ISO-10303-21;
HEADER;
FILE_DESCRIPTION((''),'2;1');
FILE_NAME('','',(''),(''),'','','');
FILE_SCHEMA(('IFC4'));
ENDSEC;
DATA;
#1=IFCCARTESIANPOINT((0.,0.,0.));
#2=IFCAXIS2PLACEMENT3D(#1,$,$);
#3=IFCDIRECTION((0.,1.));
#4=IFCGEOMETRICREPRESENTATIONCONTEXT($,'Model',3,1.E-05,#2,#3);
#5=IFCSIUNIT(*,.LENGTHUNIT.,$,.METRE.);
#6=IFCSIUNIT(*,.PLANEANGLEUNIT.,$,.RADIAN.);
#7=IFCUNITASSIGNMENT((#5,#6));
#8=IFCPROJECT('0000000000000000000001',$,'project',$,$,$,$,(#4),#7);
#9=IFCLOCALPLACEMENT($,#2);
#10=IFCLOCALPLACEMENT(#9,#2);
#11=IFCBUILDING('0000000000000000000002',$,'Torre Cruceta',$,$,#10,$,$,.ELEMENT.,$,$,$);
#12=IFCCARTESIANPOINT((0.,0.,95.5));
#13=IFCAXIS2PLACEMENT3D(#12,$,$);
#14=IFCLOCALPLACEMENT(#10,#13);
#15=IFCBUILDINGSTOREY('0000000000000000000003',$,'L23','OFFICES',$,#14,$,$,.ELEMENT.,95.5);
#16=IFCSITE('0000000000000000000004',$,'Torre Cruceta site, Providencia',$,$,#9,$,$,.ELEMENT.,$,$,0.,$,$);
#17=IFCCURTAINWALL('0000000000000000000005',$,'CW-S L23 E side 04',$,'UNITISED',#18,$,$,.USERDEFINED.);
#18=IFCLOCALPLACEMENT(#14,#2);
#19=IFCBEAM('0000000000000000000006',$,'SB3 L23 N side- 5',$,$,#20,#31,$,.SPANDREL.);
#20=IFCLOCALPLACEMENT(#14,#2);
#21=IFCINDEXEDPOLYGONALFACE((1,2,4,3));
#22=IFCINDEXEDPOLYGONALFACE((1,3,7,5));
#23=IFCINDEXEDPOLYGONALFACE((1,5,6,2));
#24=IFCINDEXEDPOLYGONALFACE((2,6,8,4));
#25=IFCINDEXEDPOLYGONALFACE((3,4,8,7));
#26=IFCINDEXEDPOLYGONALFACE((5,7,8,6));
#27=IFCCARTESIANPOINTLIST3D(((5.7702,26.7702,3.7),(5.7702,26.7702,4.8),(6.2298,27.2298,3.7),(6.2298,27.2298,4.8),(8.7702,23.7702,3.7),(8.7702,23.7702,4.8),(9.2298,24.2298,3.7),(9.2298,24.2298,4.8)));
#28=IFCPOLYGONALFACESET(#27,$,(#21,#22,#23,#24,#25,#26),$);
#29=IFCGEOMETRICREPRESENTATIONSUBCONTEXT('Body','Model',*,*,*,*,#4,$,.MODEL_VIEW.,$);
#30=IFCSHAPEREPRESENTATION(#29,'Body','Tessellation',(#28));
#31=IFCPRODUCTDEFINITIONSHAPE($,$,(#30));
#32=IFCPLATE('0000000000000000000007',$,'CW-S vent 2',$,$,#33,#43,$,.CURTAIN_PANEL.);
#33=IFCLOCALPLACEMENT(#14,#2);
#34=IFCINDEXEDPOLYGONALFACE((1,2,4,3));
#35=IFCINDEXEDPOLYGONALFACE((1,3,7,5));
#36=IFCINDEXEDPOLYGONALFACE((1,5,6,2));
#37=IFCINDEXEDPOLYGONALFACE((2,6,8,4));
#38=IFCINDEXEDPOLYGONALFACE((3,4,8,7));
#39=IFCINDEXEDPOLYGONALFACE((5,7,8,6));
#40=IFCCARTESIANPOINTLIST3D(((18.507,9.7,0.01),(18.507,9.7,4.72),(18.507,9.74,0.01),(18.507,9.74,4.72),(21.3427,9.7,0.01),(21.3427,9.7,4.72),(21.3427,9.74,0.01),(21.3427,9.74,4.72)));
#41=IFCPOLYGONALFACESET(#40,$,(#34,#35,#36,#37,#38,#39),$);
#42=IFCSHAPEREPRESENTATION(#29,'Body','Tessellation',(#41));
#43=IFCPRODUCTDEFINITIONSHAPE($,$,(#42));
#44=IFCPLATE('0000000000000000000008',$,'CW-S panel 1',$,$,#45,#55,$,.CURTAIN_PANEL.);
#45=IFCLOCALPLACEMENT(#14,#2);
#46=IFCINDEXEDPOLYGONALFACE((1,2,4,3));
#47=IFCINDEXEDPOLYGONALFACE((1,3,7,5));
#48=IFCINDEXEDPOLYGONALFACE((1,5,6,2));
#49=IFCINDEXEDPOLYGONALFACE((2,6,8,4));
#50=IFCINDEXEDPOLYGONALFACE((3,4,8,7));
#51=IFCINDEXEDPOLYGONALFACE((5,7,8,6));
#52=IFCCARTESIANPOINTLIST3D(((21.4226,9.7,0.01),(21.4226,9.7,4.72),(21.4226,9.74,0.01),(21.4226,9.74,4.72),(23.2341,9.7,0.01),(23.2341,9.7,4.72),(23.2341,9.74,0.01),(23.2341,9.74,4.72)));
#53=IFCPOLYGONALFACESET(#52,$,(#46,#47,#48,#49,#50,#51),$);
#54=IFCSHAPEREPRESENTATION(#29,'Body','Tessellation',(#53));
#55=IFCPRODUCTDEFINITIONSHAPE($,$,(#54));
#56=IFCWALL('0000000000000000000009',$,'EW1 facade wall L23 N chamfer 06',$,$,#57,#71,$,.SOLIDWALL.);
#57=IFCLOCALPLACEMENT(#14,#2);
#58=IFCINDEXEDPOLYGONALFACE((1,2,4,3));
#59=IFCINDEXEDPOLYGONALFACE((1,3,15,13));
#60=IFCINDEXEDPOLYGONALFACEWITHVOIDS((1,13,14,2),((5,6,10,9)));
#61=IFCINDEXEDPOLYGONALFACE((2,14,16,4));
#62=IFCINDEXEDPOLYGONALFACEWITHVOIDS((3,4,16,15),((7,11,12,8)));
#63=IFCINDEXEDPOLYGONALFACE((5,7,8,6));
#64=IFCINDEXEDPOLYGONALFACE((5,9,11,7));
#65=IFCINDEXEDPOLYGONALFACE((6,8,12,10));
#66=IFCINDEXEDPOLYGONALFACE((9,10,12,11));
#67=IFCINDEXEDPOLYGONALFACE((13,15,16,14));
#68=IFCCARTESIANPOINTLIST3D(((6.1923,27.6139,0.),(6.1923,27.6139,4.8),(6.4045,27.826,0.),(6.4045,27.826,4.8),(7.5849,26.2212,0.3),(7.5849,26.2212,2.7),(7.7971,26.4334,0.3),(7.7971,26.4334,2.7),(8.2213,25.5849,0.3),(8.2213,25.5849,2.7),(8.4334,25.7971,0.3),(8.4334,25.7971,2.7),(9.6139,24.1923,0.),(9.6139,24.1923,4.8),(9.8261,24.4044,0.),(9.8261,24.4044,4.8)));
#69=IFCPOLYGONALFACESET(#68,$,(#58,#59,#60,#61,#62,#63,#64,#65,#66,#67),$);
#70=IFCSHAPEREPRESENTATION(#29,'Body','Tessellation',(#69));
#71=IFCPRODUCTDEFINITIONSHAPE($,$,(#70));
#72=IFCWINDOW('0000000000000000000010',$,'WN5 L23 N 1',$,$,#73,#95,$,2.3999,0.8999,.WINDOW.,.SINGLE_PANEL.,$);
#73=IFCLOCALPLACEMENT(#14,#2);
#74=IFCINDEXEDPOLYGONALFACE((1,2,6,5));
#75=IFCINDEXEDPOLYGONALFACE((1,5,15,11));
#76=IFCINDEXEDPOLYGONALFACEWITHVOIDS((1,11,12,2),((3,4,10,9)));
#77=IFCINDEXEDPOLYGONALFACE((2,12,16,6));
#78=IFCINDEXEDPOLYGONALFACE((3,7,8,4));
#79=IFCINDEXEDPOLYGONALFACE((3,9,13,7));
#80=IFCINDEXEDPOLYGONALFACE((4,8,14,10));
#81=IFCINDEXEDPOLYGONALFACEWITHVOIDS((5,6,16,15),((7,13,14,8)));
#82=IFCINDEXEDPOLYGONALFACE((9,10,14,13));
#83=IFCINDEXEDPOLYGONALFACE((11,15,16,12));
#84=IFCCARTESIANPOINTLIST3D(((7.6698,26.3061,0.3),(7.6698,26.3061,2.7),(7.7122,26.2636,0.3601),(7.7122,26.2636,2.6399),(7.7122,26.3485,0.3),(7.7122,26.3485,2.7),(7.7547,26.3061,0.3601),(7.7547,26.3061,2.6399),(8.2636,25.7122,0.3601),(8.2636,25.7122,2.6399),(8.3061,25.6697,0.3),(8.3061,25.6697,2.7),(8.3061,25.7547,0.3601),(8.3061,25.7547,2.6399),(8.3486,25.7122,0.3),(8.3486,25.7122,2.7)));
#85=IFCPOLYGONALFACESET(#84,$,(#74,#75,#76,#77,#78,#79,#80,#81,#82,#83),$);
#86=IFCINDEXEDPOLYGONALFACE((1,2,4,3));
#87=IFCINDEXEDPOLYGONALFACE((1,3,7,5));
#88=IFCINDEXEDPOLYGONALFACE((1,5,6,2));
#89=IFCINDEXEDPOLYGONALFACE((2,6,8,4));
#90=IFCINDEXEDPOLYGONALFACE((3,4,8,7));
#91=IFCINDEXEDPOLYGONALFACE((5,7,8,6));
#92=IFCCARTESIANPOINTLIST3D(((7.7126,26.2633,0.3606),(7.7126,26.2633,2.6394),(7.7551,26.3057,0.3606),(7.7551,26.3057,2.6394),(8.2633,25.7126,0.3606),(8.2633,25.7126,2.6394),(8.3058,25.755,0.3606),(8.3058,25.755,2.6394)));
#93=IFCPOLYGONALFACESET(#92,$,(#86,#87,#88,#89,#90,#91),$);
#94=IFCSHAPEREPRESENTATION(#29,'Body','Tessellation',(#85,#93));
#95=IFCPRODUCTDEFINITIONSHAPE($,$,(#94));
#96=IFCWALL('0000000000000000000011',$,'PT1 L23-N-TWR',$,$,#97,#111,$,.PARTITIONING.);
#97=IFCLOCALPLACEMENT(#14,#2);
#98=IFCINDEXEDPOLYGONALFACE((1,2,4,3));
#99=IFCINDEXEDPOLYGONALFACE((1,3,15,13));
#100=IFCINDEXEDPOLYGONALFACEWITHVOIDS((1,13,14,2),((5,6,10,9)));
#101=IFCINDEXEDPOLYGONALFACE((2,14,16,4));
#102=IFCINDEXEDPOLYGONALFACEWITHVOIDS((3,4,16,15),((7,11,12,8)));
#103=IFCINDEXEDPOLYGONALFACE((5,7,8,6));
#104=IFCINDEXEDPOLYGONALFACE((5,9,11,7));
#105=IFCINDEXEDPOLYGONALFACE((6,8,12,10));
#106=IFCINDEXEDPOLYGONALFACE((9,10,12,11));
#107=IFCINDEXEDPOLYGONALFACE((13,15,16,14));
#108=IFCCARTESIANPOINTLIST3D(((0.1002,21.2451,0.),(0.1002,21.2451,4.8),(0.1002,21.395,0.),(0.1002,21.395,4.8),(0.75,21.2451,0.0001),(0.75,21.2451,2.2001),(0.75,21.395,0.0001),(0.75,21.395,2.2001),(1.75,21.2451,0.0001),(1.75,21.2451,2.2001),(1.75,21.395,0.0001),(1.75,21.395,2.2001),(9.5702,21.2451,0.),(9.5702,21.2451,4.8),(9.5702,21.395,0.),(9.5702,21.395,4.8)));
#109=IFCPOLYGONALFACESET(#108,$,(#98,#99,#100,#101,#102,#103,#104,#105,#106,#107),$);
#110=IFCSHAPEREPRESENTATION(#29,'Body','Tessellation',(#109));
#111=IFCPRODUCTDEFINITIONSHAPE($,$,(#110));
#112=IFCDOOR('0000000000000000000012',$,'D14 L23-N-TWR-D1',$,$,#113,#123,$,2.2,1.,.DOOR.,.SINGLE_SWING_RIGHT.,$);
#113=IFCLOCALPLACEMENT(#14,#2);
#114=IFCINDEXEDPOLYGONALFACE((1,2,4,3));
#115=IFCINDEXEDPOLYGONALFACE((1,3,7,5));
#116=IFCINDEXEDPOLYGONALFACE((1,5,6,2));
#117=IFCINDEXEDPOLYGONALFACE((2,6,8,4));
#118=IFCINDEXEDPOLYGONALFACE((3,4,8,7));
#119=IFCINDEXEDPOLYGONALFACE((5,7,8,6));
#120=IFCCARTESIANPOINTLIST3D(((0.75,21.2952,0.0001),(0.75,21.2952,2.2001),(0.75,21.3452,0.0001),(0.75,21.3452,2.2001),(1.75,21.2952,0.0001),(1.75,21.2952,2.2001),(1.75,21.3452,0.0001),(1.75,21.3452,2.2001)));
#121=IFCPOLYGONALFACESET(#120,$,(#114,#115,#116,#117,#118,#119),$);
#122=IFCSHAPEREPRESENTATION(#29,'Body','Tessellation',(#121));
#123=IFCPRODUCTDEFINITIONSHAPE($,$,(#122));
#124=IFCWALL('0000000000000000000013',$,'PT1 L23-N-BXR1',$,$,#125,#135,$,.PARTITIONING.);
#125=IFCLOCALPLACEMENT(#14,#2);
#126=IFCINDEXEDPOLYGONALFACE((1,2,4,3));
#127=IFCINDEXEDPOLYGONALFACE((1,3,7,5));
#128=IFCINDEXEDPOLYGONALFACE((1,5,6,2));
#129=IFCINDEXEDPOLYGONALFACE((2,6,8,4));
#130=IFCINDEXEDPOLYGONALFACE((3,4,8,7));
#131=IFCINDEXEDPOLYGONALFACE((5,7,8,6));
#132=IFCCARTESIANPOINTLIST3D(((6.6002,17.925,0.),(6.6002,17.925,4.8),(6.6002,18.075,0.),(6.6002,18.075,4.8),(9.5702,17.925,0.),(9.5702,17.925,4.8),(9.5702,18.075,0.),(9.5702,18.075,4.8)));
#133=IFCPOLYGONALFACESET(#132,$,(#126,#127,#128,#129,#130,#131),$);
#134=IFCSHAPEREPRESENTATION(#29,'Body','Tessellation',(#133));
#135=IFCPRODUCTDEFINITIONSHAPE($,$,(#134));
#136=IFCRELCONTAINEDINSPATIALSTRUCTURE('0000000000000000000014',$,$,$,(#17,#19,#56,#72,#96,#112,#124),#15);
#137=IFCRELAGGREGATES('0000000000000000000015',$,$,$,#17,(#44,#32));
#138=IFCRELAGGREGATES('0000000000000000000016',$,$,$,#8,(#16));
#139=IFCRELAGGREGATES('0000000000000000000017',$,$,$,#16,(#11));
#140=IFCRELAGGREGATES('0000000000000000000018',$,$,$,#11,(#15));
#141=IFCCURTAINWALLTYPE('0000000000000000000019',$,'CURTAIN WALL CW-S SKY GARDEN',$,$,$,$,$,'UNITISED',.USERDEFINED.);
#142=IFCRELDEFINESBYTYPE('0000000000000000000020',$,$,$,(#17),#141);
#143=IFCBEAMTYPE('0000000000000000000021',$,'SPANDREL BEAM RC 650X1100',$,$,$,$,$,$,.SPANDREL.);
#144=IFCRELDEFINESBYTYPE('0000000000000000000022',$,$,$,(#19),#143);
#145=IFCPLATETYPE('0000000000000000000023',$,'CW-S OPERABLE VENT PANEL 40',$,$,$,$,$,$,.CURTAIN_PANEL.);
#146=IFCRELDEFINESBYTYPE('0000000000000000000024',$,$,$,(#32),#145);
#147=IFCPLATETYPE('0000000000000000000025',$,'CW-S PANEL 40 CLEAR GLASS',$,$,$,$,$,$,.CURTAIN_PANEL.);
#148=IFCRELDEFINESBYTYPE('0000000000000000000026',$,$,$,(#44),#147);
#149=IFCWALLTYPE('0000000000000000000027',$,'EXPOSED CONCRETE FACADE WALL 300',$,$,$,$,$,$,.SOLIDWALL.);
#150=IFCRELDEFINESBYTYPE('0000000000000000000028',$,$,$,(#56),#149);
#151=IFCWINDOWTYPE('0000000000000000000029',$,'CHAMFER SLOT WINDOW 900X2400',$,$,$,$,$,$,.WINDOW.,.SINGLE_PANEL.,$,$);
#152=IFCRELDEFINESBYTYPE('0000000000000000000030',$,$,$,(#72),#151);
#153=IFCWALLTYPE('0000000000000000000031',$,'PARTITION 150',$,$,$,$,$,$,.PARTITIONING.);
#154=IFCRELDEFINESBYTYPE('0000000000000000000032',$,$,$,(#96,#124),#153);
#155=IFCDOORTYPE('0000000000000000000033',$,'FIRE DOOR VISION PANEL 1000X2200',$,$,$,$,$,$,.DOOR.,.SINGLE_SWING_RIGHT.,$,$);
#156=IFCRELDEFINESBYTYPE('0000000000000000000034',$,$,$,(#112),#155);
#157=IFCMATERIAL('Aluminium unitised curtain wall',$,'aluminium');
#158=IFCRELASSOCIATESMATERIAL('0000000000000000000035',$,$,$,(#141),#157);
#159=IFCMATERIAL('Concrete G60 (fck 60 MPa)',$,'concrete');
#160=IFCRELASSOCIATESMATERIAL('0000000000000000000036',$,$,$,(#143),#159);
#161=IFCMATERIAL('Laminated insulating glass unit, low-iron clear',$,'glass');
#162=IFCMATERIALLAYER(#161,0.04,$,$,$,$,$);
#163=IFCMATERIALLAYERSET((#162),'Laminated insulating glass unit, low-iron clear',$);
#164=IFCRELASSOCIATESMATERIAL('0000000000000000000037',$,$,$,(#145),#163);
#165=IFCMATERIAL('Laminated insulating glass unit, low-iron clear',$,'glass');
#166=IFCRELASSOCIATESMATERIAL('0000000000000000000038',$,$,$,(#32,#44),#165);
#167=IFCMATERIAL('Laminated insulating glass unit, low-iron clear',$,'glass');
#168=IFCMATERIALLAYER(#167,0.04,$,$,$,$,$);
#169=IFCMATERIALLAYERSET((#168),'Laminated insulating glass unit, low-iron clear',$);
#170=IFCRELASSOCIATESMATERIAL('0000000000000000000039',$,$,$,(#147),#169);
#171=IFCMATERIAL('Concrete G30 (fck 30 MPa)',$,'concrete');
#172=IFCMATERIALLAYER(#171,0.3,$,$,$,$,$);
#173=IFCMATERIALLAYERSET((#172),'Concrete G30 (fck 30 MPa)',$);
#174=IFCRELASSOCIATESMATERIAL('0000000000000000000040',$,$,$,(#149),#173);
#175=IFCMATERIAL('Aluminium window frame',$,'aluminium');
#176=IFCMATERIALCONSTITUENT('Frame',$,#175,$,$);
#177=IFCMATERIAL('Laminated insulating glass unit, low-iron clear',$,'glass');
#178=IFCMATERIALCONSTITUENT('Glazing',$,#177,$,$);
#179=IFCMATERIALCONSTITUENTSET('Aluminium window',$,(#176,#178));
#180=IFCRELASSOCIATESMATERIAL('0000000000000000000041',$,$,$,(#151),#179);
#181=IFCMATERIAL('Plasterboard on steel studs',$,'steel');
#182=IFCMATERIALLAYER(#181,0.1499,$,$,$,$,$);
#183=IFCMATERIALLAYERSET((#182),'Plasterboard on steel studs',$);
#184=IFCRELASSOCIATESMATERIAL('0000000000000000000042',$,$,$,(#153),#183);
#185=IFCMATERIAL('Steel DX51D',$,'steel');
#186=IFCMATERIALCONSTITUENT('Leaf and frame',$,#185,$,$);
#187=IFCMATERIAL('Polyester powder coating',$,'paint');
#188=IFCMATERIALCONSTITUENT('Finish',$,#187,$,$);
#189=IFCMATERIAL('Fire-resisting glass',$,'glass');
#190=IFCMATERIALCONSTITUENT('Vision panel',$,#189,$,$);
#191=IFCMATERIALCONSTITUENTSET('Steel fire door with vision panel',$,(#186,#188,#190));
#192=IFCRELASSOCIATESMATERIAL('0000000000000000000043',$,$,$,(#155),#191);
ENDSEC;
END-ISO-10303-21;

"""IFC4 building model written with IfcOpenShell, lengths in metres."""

from ifc_helpers import new_model, si_unit, direction, frame, frame_2d, origin, origin_2d, place, context, subcontext, project, spatial, rectangle, hollow_rectangle, extrude, material, layer, layer_set, constituent, constituent_set, material_profile, profile_set, type_object, element, fill, aggregate, save


model = new_model("IFC4")

# Units and contexts
model_context = context("Model", 3, precision=1e-05, world=origin(), true_north=direction((0.0, 1.0)))
body_context = subcontext(model_context, "Body", "Model", "MODEL_VIEW")
ifc_project = project(units=[si_unit("LENGTHUNIT", "METRE"), si_unit("PLANEANGLEUNIT", "RADIAN")], contexts=[model_context])

# Site, building, storey
site_placement = place(None, origin())
site = spatial("IfcSite", under=ifc_project, at=site_placement, Name="Torre Cruceta site, Providencia", CompositionType="ELEMENT", RefElevation=0.0)
building_placement = place(site_placement, origin())
building = spatial("IfcBuilding", under=site, at=building_placement, Name="Torre Cruceta", CompositionType="ELEMENT")
storey_placement = place(building_placement, frame((0.0, 0.0, 95.5)))
storey = spatial("IfcBuildingStorey", under=building, at=storey_placement, Name="L23", Description="OFFICES", CompositionType="ELEMENT", Elevation=95.5)

# Curtain wall
ifc_material_1 = material(Name="Aluminium unitised curtain wall", Category="aluminium")
curtain_wall_type = type_object("IfcCurtainWallType", Name="CURTAIN WALL CW-S SKY GARDEN", ElementType="UNITISED", PredefinedType="USERDEFINED", material=ifc_material_1)
curtain_wall_placement = place(storey_placement, origin())
curtain_wall = element("IfcCurtainWall", 1, at=curtain_wall_placement, inside=storey, type_object=curtain_wall_type, Name="CW-S L23 E side 04", ObjectType="UNITISED", PredefinedType="USERDEFINED")

# Beam
ifc_material_2 = material(Name="Concrete G60 (fck 60 MPa)", Category="concrete")
ifc_material_profile_1 = material_profile(ifc_material_2, rectangle(XDim=0.6499, YDim=1.1001, at=origin_2d()), Name="RC 650X1100")
ifc_profile_set_1 = profile_set([ifc_material_profile_1], Name="Concrete G60 (fck 60 MPa)")
beam_type_1 = type_object("IfcBeamType", Name="SPANDREL BEAM RC 650X1100", PredefinedType="SPANDREL", material=ifc_profile_set_1)
beam_1_placement = place(storey_placement, frame((9.0, 24.0, 4.25), z_axis=(-0.707107, 0.707107, 0.0), x_axis=(-0.707107, -0.707107, 0.0)))
element("IfcBeam", 2, at=beam_1_placement, inside=storey, type_object=beam_type_1, Name="SB3 L23 N side- 5", PredefinedType="SPANDREL", context=body_context, shape_type="SweptSolid", body=[
    extrude(rectangle(XDim=0.6499, YDim=1.1001, at=origin_2d()), origin(), (0.0, 0.0, 1.0), 4.2427),
])

# Plates
ifc_material_3 = material(Name="Laminated insulating glass unit, low-iron clear", Category="glass")
ifc_material_4 = material(Name="Laminated insulating glass unit, low-iron clear", Category="glass")
ifc_layer_1 = layer(ifc_material_4, 0.04)
ifc_layer_set_1 = layer_set([ifc_layer_1], Name="Laminated insulating glass unit, low-iron clear")
plate_type_1 = type_object("IfcPlateType", Name="CW-S OPERABLE VENT PANEL 40", PredefinedType="CURTAIN_PANEL", material=ifc_layer_set_1)
plate_1_placement = place(storey_placement, frame((19.9248, 9.72, 0.01), z_axis=(0.0, 0.0, 1.0), x_axis=(-1.0, 0.0, 0.0)))
plate_1 = element("IfcPlate", 3, at=plate_1_placement, type_object=plate_type_1, material=ifc_material_3, Name="CW-S vent 2", PredefinedType="CURTAIN_PANEL", context=body_context, shape_type="SweptSolid", body=[
    extrude(rectangle(XDim=2.8357, YDim=0.04, at=origin_2d()), origin(), (0.0, 0.0, 1.0), 4.71),
])
ifc_material_5 = material(Name="Laminated insulating glass unit, low-iron clear", Category="glass")
ifc_layer_2 = layer(ifc_material_5, 0.04)
ifc_layer_set_2 = layer_set([ifc_layer_2], Name="Laminated insulating glass unit, low-iron clear")
plate_type_2 = type_object("IfcPlateType", Name="CW-S PANEL 40 CLEAR GLASS", PredefinedType="CURTAIN_PANEL", material=ifc_layer_set_2)
plate_2_placement = place(storey_placement, frame((22.3284, 9.72, 0.01), z_axis=(0.0, 0.0, 1.0), x_axis=(-1.0, 0.0, 0.0)))
plate_2 = element("IfcPlate", 4, at=plate_2_placement, type_object=plate_type_2, material=ifc_material_3, Name="CW-S panel 1", PredefinedType="CURTAIN_PANEL", context=body_context, shape_type="SweptSolid", body=[
    extrude(rectangle(XDim=1.8115, YDim=0.04, at=origin_2d()), origin(), (0.0, 0.0, 1.0), 4.71),
])
aggregate(curtain_wall, [plate_2, plate_1])

# Wall, opening, window
ifc_material_6 = material(Name="Concrete G30 (fck 30 MPa)", Category="concrete")
ifc_layer_3 = layer(ifc_material_6, 0.3)
ifc_layer_set_3 = layer_set([ifc_layer_3], Name="Concrete G30 (fck 30 MPa)")
wall_type_1 = type_object("IfcWallType", Name="EXPOSED CONCRETE FACADE WALL 300", PredefinedType="SOLIDWALL", material=ifc_layer_set_3)
wall_1_placement = place(storey_placement, frame((9.72, 24.2983, 0.0), z_axis=(0.0, 0.0, 1.0), x_axis=(-0.707107, 0.707107, 0.0)))
wall_1 = element("IfcWall", 5, at=wall_1_placement, inside=storey, type_object=wall_type_1, Name="EW1 facade wall L23 N chamfer 06", PredefinedType="SOLIDWALL", context=body_context, shape_type="SweptSolid", body=[
    extrude(rectangle(XDim=4.8389, YDim=0.3, at=frame_2d((2.4194, 0.0))), origin(), (0.0, 0.0, 1.0), 4.8),
])
opening_1_placement = place(wall_1_placement, frame((1.9695, 0.0, 0.3)))
opening_1 = element("IfcOpeningElement", 6, at=opening_1_placement, cuts=wall_1, PredefinedType="OPENING", context=body_context, shape_type="SweptSolid", body=[
    extrude(rectangle(XDim=0.8999, YDim=2.3999, at=frame_2d((0.45, 1.2))), frame((0.0, 0.1599, 0.0), z_axis=(0.0, -1.0, 0.0), x_axis=(1.0, 0.0, 0.0)), (0.0, 0.0, 1.0), 0.3201),
])
ifc_material_7 = material(Name="Aluminium window frame", Category="aluminium")
ifc_constituent_1 = constituent(ifc_material_7, Name="Frame")
ifc_material_8 = material(Name="Laminated insulating glass unit, low-iron clear", Category="glass")
ifc_constituent_2 = constituent(ifc_material_8, Name="Glazing")
ifc_constituent_set_1 = constituent_set(constituents=[ifc_constituent_1, ifc_constituent_2], Name="Aluminium window")
window_type = type_object("IfcWindowType", Name="CHAMFER SLOT WINDOW 900X2400", PartitioningType="SINGLE_PANEL", PredefinedType="WINDOW", material=ifc_constituent_set_1)
window_placement = place(opening_1_placement, origin())
window = element("IfcWindow", 7, at=window_placement, inside=storey, type_object=window_type, Name="WN5 L23 N 1", OverallHeight=2.3999, OverallWidth=0.8999, PartitioningType="SINGLE_PANEL", PredefinedType="WINDOW", context=body_context, shape_type="SweptSolid", body=[
    extrude(hollow_rectangle(XDim=0.8999, YDim=2.3999, WallThickness=0.0601, at=frame_2d((0.45, 1.2))), frame((0.0, 0.03, 0.0), z_axis=(0.0, -1.0, 0.0), x_axis=(1.0, 0.0, 0.0)), (0.0, 0.0, 1.0), 0.0601),
    extrude(rectangle(XDim=0.7788, YDim=2.2788, at=frame_2d((0.45, 1.2))), frame((0.0, 0.03, 0.0), z_axis=(0.0, -1.0, 0.0), x_axis=(1.0, 0.0, 0.0)), (0.0, 0.0, 1.0), 0.0601),
])
fill(opening_1, window)

# Wall, opening, door
ifc_material_9 = material(Name="Plasterboard on steel studs", Category="steel")
ifc_layer_4 = layer(ifc_material_9, 0.1499)
ifc_layer_set_4 = layer_set([ifc_layer_4], Name="Plasterboard on steel studs")
wall_type_2 = type_object("IfcWallType", Name="PARTITION 150", PredefinedType="PARTITIONING", material=ifc_layer_set_4)
wall_2_placement = place(storey_placement, frame((9.5701, 21.3201, 0.0), z_axis=(0.0, 0.0, 1.0), x_axis=(-1.0, 0.0, 0.0)))
wall_2 = element("IfcWall", 8, at=wall_2_placement, inside=storey, type_object=wall_type_2, Name="PT1 L23-N-TWR", PredefinedType="PARTITIONING", context=body_context, shape_type="SweptSolid", body=[
    extrude(rectangle(XDim=9.47, YDim=0.1499, at=frame_2d((4.7349, 0.0))), origin(), (0.0, 0.0, 1.0), 4.8),
])
opening_2_placement = place(wall_2_placement, frame((7.8201, 0.0, 0.0)))
opening_2 = element("IfcOpeningElement", 9, at=opening_2_placement, cuts=wall_2, PredefinedType="OPENING", context=body_context, shape_type="SweptSolid", body=[
    extrude(rectangle(XDim=1.0, YDim=2.2, at=frame_2d((0.5, 1.1001))), frame((0.0, 0.085, 0.0), z_axis=(0.0, -1.0, 0.0), x_axis=(1.0, 0.0, 0.0)), (0.0, 0.0, 1.0), 0.1699),
])
ifc_material_10 = material(Name="Steel DX51D", Category="steel")
ifc_constituent_3 = constituent(ifc_material_10, Name="Leaf and frame")
ifc_material_11 = material(Name="Polyester powder coating", Category="paint")
ifc_constituent_4 = constituent(ifc_material_11, Name="Finish")
ifc_material_12 = material(Name="Fire-resisting glass", Category="glass")
ifc_constituent_5 = constituent(ifc_material_12, Name="Vision panel")
ifc_constituent_set_2 = constituent_set(constituents=[ifc_constituent_3, ifc_constituent_4, ifc_constituent_5], Name="Steel fire door with vision panel")
door_type = type_object("IfcDoorType", Name="FIRE DOOR VISION PANEL 1000X2200", OperationType="SINGLE_SWING_RIGHT", PredefinedType="DOOR", material=ifc_constituent_set_2)
door_placement = place(opening_2_placement, origin())
door = element("IfcDoor", 10, at=door_placement, inside=storey, type_object=door_type, Name="D14 L23-N-TWR-D1", OperationType="SINGLE_SWING_RIGHT", OverallHeight=2.2, OverallWidth=1.0, PredefinedType="DOOR", context=body_context, shape_type="SweptSolid", body=[
    extrude(rectangle(XDim=1.0, YDim=2.2, at=frame_2d((0.5, 1.1001))), frame((0.0, 0.0249, 0.0), z_axis=(0.0, -1.0, 0.0), x_axis=(1.0, 0.0, 0.0)), (0.0, 0.0, 1.0), 0.05),
])
fill(opening_2, door)

# Wall
wall_3_placement = place(storey_placement, frame((9.5701, 18.0, 0.0), z_axis=(0.0, 0.0, 1.0), x_axis=(-1.0, 0.0, 0.0)))
element("IfcWall", 11, at=wall_3_placement, inside=storey, type_object=wall_type_2, Name="PT1 L23-N-BXR1", PredefinedType="PARTITIONING", context=body_context, shape_type="SweptSolid", body=[
    extrude(rectangle(XDim=2.97, YDim=0.1499, at=frame_2d((1.4849, 0.0))), origin(), (0.0, 0.0, 1.0), 4.8),
])

save(model, "model.ifc")
